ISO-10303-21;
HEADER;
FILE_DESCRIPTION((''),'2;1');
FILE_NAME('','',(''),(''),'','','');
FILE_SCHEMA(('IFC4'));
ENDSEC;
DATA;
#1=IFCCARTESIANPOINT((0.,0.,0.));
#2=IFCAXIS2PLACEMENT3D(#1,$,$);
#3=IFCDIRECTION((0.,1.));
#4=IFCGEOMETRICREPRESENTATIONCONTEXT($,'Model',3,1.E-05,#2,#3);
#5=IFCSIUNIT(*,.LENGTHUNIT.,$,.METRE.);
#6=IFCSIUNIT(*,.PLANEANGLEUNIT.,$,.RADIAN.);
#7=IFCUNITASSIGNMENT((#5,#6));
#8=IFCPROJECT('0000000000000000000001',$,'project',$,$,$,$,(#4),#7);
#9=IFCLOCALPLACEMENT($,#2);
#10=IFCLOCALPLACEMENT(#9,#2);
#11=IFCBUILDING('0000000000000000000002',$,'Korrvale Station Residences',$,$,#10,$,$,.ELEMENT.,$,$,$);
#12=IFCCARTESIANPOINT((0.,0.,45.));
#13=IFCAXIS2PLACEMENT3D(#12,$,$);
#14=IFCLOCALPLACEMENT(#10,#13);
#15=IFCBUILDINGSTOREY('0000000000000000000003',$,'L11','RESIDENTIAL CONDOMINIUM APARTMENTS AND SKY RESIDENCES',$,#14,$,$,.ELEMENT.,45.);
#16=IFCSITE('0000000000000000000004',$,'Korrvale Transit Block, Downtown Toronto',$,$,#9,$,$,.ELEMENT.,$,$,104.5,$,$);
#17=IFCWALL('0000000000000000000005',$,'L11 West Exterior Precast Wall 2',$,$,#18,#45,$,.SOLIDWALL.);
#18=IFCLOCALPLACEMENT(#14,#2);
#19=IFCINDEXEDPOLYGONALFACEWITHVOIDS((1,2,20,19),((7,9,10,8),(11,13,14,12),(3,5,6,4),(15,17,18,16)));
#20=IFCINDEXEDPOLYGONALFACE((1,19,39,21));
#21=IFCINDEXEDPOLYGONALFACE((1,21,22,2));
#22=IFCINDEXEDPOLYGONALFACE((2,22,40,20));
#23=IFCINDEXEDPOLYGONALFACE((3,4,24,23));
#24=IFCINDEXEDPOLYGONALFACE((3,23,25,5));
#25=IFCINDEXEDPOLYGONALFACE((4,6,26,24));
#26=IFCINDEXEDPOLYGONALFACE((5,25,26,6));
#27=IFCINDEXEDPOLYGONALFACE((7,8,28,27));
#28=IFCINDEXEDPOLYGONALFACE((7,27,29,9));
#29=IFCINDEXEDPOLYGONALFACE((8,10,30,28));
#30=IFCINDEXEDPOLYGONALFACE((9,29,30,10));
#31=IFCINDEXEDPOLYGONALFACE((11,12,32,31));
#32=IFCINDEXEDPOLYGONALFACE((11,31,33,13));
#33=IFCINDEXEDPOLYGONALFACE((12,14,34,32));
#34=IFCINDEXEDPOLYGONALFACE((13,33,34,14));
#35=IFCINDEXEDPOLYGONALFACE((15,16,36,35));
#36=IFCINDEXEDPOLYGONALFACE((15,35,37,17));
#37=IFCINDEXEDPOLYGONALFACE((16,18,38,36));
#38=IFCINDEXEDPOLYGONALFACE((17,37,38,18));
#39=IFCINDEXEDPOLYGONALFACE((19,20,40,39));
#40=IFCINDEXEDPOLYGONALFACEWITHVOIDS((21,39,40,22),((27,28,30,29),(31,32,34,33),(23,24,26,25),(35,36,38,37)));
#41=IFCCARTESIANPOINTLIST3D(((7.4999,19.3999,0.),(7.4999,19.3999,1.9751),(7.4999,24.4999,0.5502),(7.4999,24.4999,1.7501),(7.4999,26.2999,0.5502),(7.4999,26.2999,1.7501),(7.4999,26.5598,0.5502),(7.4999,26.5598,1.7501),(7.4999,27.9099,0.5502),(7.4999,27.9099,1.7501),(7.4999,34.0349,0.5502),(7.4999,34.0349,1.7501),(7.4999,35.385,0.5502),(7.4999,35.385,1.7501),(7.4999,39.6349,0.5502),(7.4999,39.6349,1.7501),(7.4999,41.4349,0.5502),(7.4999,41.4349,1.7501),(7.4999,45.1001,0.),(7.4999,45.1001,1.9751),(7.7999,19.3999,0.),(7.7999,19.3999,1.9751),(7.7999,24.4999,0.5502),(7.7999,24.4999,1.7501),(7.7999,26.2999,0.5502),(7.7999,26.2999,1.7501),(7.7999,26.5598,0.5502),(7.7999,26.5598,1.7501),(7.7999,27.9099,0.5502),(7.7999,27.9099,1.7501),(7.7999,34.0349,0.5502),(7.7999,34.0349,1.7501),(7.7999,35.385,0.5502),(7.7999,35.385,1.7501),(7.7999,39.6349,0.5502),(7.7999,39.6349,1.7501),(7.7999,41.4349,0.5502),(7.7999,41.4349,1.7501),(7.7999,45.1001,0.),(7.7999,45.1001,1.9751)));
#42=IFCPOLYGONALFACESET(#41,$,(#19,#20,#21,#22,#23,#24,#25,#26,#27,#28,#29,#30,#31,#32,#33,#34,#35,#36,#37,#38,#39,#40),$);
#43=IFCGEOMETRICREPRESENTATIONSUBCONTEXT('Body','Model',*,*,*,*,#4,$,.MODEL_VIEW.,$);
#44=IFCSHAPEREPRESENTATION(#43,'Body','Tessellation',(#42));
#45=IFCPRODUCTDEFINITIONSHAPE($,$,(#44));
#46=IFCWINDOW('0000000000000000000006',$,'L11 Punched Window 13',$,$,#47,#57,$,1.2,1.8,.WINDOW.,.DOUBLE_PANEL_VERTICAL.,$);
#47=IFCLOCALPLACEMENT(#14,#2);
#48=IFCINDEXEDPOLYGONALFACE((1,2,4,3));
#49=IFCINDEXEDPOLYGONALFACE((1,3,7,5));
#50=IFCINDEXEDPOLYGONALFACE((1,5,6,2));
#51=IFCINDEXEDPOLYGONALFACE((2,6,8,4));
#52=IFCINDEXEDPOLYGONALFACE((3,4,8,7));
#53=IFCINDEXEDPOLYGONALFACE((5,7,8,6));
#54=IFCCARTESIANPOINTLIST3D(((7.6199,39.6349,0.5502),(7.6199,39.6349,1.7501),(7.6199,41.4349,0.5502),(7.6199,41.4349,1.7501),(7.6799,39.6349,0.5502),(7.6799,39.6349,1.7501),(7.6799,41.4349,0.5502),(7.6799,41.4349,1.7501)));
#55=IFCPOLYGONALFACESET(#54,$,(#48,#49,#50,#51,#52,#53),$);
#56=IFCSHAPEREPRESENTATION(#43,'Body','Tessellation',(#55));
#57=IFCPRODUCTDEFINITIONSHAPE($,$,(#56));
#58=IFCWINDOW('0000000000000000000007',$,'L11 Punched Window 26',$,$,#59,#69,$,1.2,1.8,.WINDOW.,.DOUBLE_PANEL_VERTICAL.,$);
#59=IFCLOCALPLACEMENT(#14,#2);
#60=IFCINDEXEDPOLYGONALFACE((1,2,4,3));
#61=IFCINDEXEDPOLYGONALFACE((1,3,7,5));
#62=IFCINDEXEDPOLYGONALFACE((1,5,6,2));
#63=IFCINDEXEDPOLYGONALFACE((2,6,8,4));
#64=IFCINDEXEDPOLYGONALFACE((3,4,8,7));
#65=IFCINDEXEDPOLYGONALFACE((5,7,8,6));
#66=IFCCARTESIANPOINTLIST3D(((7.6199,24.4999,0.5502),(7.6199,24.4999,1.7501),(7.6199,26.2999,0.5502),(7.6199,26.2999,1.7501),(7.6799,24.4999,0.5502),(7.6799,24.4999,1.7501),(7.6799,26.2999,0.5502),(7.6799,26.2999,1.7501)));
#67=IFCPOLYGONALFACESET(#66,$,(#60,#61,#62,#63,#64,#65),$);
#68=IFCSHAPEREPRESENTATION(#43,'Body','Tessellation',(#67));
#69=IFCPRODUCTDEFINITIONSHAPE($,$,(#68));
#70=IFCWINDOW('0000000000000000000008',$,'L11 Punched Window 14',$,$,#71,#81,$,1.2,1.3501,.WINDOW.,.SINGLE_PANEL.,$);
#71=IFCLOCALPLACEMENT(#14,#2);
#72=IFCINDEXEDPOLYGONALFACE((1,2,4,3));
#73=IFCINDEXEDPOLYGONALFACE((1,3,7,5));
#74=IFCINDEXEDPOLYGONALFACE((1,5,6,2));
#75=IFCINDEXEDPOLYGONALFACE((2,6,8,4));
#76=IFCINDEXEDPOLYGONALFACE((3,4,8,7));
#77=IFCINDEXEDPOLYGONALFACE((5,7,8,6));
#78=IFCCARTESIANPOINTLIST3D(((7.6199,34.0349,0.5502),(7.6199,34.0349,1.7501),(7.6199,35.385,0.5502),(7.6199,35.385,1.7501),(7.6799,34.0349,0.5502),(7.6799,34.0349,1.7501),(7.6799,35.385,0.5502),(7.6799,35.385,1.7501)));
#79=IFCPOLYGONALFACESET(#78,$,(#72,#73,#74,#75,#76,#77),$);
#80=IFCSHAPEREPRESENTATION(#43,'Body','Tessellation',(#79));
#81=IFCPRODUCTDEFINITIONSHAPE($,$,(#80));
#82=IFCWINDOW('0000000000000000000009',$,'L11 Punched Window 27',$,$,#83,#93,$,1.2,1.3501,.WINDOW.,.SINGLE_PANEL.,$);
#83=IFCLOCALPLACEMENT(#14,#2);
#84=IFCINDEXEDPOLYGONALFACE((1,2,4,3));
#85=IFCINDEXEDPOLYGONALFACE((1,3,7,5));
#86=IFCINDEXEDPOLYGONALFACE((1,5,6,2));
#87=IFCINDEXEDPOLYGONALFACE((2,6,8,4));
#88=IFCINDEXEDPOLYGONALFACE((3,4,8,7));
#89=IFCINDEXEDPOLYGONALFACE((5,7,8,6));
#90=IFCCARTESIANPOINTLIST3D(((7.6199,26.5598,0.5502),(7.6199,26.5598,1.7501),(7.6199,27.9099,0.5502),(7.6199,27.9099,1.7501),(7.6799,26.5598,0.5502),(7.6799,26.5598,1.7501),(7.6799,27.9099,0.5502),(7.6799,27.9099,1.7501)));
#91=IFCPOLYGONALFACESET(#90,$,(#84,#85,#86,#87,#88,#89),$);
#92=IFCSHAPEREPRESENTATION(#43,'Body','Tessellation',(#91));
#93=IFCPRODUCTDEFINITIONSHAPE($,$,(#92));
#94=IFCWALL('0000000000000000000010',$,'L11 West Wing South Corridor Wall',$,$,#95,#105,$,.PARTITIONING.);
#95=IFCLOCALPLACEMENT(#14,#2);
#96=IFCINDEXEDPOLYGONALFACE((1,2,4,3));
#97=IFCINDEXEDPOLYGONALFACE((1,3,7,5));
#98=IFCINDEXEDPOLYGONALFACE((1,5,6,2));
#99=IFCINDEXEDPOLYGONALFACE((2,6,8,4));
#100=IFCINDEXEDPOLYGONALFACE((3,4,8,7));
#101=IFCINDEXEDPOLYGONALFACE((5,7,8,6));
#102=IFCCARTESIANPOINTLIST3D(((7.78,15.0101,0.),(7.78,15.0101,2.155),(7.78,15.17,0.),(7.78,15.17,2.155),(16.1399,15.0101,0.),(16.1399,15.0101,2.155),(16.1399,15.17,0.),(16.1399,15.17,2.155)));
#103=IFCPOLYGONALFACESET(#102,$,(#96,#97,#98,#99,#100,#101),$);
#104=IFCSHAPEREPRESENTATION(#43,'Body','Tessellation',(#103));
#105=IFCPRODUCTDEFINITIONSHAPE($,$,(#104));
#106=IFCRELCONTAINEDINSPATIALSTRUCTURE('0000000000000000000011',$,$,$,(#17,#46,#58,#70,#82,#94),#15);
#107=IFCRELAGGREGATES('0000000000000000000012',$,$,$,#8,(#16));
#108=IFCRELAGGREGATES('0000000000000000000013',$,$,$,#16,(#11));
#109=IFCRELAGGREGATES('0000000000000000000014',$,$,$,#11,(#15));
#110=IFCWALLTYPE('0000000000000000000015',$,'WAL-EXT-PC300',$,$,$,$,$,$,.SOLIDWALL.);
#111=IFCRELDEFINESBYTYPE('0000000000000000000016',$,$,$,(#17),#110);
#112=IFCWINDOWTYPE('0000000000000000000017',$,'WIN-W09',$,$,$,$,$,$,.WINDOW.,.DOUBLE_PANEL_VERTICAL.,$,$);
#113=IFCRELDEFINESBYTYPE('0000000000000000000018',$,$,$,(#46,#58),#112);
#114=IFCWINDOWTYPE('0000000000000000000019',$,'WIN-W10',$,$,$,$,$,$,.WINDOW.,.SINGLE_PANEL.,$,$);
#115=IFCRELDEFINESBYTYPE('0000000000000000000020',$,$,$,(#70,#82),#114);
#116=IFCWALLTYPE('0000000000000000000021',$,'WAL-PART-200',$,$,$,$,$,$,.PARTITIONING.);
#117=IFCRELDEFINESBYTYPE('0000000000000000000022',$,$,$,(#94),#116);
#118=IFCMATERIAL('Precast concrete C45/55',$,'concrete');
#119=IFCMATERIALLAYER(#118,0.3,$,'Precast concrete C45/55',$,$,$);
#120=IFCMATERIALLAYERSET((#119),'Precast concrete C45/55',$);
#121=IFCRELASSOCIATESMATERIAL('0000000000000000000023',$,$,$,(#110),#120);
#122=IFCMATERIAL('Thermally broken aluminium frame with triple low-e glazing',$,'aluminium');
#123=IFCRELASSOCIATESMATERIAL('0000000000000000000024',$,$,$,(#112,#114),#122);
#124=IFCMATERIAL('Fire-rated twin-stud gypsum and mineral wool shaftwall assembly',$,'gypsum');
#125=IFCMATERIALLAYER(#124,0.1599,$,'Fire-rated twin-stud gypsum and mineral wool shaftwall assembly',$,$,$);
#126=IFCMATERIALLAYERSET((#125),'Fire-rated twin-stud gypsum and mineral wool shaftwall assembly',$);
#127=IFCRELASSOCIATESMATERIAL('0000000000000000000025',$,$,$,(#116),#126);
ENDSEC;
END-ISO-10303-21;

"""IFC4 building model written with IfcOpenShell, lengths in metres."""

from ifc_helpers import new_model, si_unit, direction, frame, frame_2d, origin, place, context, subcontext, project, spatial, rectangle, extrude, material, layer, layer_set, type_object, element, fill, save


model = new_model("IFC4")

# Units and contexts
model_context = context("Model", 3, precision=1e-05, world=origin(), true_north=direction((0.0, 1.0)))
body_context = subcontext(model_context, "Body", "Model", "MODEL_VIEW")
ifc_project = project(units=[si_unit("LENGTHUNIT", "METRE"), si_unit("PLANEANGLEUNIT", "RADIAN")], contexts=[model_context])

# Site, building, storey
site_placement = place(None, origin())
site = spatial("IfcSite", under=ifc_project, at=site_placement, Name="Korrvale Transit Block, Downtown Toronto", CompositionType="ELEMENT", RefElevation=104.5)
building_placement = place(site_placement, origin())
building = spatial("IfcBuilding", under=site, at=building_placement, Name="Korrvale Station Residences", CompositionType="ELEMENT")
storey_placement = place(building_placement, frame((0.0, 0.0, 45.0)))
storey = spatial("IfcBuildingStorey", under=building, at=storey_placement, Name="L11", Description="RESIDENTIAL CONDOMINIUM APARTMENTS AND SKY RESIDENCES", CompositionType="ELEMENT", Elevation=45.0)

# Shared definitions
ifc_material_1 = material(Name="Precast concrete C45/55", Category="concrete")

# Shared definitions
ifc_material_2 = material(Name="Thermally broken aluminium frame with triple low-e glazing", Category="aluminium")

# Wall, openings, windows
ifc_layer_1 = layer(ifc_material_1, 0.3, Name="Precast concrete C45/55")
ifc_layer_set_1 = layer_set([ifc_layer_1], Name="Precast concrete C45/55")
wall_type_1 = type_object("IfcWallType", Name="WAL-EXT-PC300", PredefinedType="SOLIDWALL", material=ifc_layer_set_1)
wall_1_placement = place(storey_placement, frame((7.6499, 19.3999, 0.0), z_axis=(0.0, 0.0, 1.0), x_axis=(0.0, 1.0, 0.0)))
wall_1 = element("IfcWall", 1, at=wall_1_placement, inside=storey, type_object=wall_type_1, Name="L11 West Exterior Precast Wall 2", PredefinedType="SOLIDWALL", context=body_context, shape_type="SweptSolid", body=[
    extrude(rectangle(XDim=25.7002, YDim=0.3, at=frame_2d((12.8501, 0.0))), origin(), (0.0, 0.0, 1.0), 1.9751),
])
opening_1_placement = place(wall_1_placement, frame((20.2351, 0.0, 0.55)))
opening_1 = element("IfcOpeningElement", 2, at=opening_1_placement, cuts=wall_1, PredefinedType="OPENING", context=body_context, shape_type="SweptSolid", body=[
    extrude(rectangle(XDim=1.8, YDim=1.2, at=frame_2d((0.8999, 0.6001))), frame((0.0, 0.1602, 0.0), z_axis=(0.0, -1.0, 0.0), x_axis=(1.0, 0.0, 0.0)), (0.0, 0.0, 1.0), 0.3201),
])
opening_2_placement = place(wall_1_placement, frame((14.635, 0.0, 0.55)))
opening_2 = element("IfcOpeningElement", 3, at=opening_2_placement, cuts=wall_1, PredefinedType="OPENING", context=body_context, shape_type="SweptSolid", body=[
    extrude(rectangle(XDim=1.3501, YDim=1.2, at=frame_2d((0.675, 0.6001))), frame((0.0, 0.1602, 0.0), z_axis=(0.0, -1.0, 0.0), x_axis=(1.0, 0.0, 0.0)), (0.0, 0.0, 1.0), 0.3201),
])
opening_3_placement = place(wall_1_placement, frame((5.1001, 0.0, 0.55)))
opening_3 = element("IfcOpeningElement", 4, at=opening_3_placement, cuts=wall_1, PredefinedType="OPENING", context=body_context, shape_type="SweptSolid", body=[
    extrude(rectangle(XDim=1.8, YDim=1.2, at=frame_2d((0.8999, 0.6001))), frame((0.0, 0.1602, 0.0), z_axis=(0.0, -1.0, 0.0), x_axis=(1.0, 0.0, 0.0)), (0.0, 0.0, 1.0), 0.3201),
])
opening_4_placement = place(wall_1_placement, frame((7.1599, 0.0, 0.55)))
opening_4 = element("IfcOpeningElement", 5, at=opening_4_placement, cuts=wall_1, PredefinedType="OPENING", context=body_context, shape_type="SweptSolid", body=[
    extrude(rectangle(XDim=1.3501, YDim=1.2, at=frame_2d((0.675, 0.6001))), frame((0.0, 0.1602, 0.0), z_axis=(0.0, -1.0, 0.0), x_axis=(1.0, 0.0, 0.0)), (0.0, 0.0, 1.0), 0.3201),
])
window_type_1 = type_object("IfcWindowType", Name="WIN-W09", PartitioningType="DOUBLE_PANEL_VERTICAL", PredefinedType="WINDOW", material=ifc_material_2)
window_1_placement = place(opening_1_placement, origin())
window_1 = element("IfcWindow", 6, at=window_1_placement, inside=storey, type_object=window_type_1, Name="L11 Punched Window 13", OverallHeight=1.2, OverallWidth=1.8, PartitioningType="DOUBLE_PANEL_VERTICAL", PredefinedType="WINDOW", context=body_context, shape_type="SweptSolid", body=[
    extrude(rectangle(XDim=1.8, YDim=1.2, at=frame_2d((0.8999, 0.6001))), frame((0.0, 0.03, 0.0), z_axis=(0.0, -1.0, 0.0), x_axis=(1.0, 0.0, 0.0)), (0.0, 0.0, 1.0), 0.0601),
])
fill(opening_1, window_1)
window_2_placement = place(opening_3_placement, origin())
window_2 = element("IfcWindow", 7, at=window_2_placement, inside=storey, type_object=window_type_1, Name="L11 Punched Window 26", OverallHeight=1.2, OverallWidth=1.8, PartitioningType="DOUBLE_PANEL_VERTICAL", PredefinedType="WINDOW", context=body_context, shape_type="SweptSolid", body=[
    extrude(rectangle(XDim=1.8, YDim=1.2, at=frame_2d((0.8999, 0.6001))), frame((0.0, 0.03, 0.0), z_axis=(0.0, -1.0, 0.0), x_axis=(1.0, 0.0, 0.0)), (0.0, 0.0, 1.0), 0.0601),
])
fill(opening_3, window_2)
window_type_2 = type_object("IfcWindowType", Name="WIN-W10", PartitioningType="SINGLE_PANEL", PredefinedType="WINDOW", material=ifc_material_2)
window_3_placement = place(opening_2_placement, origin())
window_3 = element("IfcWindow", 8, at=window_3_placement, inside=storey, type_object=window_type_2, Name="L11 Punched Window 14", OverallHeight=1.2, OverallWidth=1.3501, PartitioningType="SINGLE_PANEL", PredefinedType="WINDOW", context=body_context, shape_type="SweptSolid", body=[
    extrude(rectangle(XDim=1.3501, YDim=1.2, at=frame_2d((0.675, 0.6001))), frame((0.0, 0.03, 0.0), z_axis=(0.0, -1.0, 0.0), x_axis=(1.0, 0.0, 0.0)), (0.0, 0.0, 1.0), 0.0601),
])
fill(opening_2, window_3)
window_4_placement = place(opening_4_placement, origin())
window_4 = element("IfcWindow", 9, at=window_4_placement, inside=storey, type_object=window_type_2, Name="L11 Punched Window 27", OverallHeight=1.2, OverallWidth=1.3501, PartitioningType="SINGLE_PANEL", PredefinedType="WINDOW", context=body_context, shape_type="SweptSolid", body=[
    extrude(rectangle(XDim=1.3501, YDim=1.2, at=frame_2d((0.675, 0.6001))), frame((0.0, 0.03, 0.0), z_axis=(0.0, -1.0, 0.0), x_axis=(1.0, 0.0, 0.0)), (0.0, 0.0, 1.0), 0.0601),
])
fill(opening_4, window_4)

# Wall
ifc_material_3 = material(Name="Fire-rated twin-stud gypsum and mineral wool shaftwall assembly", Category="gypsum")
ifc_layer_2 = layer(ifc_material_3, 0.1599, Name="Fire-rated twin-stud gypsum and mineral wool shaftwall assembly")
ifc_layer_set_2 = layer_set([ifc_layer_2], Name="Fire-rated twin-stud gypsum and mineral wool shaftwall assembly")
wall_type_2 = type_object("IfcWallType", Name="WAL-PART-200", PredefinedType="PARTITIONING", material=ifc_layer_set_2)
wall_2_placement = place(storey_placement, frame((7.78, 15.0901, 0.0), z_axis=(0.0, 0.0, 1.0), x_axis=(1.0, 0.0, 0.0)))
element("IfcWall", 10, at=wall_2_placement, inside=storey, type_object=wall_type_2, Name="L11 West Wing South Corridor Wall", PredefinedType="PARTITIONING", context=body_context, shape_type="SweptSolid", body=[
    extrude(rectangle(XDim=8.3599, YDim=0.1599, at=frame_2d((4.1799, 0.0))), origin(), (0.0, 0.0, 1.0), 2.155),
])

save(model, "model.ifc")
